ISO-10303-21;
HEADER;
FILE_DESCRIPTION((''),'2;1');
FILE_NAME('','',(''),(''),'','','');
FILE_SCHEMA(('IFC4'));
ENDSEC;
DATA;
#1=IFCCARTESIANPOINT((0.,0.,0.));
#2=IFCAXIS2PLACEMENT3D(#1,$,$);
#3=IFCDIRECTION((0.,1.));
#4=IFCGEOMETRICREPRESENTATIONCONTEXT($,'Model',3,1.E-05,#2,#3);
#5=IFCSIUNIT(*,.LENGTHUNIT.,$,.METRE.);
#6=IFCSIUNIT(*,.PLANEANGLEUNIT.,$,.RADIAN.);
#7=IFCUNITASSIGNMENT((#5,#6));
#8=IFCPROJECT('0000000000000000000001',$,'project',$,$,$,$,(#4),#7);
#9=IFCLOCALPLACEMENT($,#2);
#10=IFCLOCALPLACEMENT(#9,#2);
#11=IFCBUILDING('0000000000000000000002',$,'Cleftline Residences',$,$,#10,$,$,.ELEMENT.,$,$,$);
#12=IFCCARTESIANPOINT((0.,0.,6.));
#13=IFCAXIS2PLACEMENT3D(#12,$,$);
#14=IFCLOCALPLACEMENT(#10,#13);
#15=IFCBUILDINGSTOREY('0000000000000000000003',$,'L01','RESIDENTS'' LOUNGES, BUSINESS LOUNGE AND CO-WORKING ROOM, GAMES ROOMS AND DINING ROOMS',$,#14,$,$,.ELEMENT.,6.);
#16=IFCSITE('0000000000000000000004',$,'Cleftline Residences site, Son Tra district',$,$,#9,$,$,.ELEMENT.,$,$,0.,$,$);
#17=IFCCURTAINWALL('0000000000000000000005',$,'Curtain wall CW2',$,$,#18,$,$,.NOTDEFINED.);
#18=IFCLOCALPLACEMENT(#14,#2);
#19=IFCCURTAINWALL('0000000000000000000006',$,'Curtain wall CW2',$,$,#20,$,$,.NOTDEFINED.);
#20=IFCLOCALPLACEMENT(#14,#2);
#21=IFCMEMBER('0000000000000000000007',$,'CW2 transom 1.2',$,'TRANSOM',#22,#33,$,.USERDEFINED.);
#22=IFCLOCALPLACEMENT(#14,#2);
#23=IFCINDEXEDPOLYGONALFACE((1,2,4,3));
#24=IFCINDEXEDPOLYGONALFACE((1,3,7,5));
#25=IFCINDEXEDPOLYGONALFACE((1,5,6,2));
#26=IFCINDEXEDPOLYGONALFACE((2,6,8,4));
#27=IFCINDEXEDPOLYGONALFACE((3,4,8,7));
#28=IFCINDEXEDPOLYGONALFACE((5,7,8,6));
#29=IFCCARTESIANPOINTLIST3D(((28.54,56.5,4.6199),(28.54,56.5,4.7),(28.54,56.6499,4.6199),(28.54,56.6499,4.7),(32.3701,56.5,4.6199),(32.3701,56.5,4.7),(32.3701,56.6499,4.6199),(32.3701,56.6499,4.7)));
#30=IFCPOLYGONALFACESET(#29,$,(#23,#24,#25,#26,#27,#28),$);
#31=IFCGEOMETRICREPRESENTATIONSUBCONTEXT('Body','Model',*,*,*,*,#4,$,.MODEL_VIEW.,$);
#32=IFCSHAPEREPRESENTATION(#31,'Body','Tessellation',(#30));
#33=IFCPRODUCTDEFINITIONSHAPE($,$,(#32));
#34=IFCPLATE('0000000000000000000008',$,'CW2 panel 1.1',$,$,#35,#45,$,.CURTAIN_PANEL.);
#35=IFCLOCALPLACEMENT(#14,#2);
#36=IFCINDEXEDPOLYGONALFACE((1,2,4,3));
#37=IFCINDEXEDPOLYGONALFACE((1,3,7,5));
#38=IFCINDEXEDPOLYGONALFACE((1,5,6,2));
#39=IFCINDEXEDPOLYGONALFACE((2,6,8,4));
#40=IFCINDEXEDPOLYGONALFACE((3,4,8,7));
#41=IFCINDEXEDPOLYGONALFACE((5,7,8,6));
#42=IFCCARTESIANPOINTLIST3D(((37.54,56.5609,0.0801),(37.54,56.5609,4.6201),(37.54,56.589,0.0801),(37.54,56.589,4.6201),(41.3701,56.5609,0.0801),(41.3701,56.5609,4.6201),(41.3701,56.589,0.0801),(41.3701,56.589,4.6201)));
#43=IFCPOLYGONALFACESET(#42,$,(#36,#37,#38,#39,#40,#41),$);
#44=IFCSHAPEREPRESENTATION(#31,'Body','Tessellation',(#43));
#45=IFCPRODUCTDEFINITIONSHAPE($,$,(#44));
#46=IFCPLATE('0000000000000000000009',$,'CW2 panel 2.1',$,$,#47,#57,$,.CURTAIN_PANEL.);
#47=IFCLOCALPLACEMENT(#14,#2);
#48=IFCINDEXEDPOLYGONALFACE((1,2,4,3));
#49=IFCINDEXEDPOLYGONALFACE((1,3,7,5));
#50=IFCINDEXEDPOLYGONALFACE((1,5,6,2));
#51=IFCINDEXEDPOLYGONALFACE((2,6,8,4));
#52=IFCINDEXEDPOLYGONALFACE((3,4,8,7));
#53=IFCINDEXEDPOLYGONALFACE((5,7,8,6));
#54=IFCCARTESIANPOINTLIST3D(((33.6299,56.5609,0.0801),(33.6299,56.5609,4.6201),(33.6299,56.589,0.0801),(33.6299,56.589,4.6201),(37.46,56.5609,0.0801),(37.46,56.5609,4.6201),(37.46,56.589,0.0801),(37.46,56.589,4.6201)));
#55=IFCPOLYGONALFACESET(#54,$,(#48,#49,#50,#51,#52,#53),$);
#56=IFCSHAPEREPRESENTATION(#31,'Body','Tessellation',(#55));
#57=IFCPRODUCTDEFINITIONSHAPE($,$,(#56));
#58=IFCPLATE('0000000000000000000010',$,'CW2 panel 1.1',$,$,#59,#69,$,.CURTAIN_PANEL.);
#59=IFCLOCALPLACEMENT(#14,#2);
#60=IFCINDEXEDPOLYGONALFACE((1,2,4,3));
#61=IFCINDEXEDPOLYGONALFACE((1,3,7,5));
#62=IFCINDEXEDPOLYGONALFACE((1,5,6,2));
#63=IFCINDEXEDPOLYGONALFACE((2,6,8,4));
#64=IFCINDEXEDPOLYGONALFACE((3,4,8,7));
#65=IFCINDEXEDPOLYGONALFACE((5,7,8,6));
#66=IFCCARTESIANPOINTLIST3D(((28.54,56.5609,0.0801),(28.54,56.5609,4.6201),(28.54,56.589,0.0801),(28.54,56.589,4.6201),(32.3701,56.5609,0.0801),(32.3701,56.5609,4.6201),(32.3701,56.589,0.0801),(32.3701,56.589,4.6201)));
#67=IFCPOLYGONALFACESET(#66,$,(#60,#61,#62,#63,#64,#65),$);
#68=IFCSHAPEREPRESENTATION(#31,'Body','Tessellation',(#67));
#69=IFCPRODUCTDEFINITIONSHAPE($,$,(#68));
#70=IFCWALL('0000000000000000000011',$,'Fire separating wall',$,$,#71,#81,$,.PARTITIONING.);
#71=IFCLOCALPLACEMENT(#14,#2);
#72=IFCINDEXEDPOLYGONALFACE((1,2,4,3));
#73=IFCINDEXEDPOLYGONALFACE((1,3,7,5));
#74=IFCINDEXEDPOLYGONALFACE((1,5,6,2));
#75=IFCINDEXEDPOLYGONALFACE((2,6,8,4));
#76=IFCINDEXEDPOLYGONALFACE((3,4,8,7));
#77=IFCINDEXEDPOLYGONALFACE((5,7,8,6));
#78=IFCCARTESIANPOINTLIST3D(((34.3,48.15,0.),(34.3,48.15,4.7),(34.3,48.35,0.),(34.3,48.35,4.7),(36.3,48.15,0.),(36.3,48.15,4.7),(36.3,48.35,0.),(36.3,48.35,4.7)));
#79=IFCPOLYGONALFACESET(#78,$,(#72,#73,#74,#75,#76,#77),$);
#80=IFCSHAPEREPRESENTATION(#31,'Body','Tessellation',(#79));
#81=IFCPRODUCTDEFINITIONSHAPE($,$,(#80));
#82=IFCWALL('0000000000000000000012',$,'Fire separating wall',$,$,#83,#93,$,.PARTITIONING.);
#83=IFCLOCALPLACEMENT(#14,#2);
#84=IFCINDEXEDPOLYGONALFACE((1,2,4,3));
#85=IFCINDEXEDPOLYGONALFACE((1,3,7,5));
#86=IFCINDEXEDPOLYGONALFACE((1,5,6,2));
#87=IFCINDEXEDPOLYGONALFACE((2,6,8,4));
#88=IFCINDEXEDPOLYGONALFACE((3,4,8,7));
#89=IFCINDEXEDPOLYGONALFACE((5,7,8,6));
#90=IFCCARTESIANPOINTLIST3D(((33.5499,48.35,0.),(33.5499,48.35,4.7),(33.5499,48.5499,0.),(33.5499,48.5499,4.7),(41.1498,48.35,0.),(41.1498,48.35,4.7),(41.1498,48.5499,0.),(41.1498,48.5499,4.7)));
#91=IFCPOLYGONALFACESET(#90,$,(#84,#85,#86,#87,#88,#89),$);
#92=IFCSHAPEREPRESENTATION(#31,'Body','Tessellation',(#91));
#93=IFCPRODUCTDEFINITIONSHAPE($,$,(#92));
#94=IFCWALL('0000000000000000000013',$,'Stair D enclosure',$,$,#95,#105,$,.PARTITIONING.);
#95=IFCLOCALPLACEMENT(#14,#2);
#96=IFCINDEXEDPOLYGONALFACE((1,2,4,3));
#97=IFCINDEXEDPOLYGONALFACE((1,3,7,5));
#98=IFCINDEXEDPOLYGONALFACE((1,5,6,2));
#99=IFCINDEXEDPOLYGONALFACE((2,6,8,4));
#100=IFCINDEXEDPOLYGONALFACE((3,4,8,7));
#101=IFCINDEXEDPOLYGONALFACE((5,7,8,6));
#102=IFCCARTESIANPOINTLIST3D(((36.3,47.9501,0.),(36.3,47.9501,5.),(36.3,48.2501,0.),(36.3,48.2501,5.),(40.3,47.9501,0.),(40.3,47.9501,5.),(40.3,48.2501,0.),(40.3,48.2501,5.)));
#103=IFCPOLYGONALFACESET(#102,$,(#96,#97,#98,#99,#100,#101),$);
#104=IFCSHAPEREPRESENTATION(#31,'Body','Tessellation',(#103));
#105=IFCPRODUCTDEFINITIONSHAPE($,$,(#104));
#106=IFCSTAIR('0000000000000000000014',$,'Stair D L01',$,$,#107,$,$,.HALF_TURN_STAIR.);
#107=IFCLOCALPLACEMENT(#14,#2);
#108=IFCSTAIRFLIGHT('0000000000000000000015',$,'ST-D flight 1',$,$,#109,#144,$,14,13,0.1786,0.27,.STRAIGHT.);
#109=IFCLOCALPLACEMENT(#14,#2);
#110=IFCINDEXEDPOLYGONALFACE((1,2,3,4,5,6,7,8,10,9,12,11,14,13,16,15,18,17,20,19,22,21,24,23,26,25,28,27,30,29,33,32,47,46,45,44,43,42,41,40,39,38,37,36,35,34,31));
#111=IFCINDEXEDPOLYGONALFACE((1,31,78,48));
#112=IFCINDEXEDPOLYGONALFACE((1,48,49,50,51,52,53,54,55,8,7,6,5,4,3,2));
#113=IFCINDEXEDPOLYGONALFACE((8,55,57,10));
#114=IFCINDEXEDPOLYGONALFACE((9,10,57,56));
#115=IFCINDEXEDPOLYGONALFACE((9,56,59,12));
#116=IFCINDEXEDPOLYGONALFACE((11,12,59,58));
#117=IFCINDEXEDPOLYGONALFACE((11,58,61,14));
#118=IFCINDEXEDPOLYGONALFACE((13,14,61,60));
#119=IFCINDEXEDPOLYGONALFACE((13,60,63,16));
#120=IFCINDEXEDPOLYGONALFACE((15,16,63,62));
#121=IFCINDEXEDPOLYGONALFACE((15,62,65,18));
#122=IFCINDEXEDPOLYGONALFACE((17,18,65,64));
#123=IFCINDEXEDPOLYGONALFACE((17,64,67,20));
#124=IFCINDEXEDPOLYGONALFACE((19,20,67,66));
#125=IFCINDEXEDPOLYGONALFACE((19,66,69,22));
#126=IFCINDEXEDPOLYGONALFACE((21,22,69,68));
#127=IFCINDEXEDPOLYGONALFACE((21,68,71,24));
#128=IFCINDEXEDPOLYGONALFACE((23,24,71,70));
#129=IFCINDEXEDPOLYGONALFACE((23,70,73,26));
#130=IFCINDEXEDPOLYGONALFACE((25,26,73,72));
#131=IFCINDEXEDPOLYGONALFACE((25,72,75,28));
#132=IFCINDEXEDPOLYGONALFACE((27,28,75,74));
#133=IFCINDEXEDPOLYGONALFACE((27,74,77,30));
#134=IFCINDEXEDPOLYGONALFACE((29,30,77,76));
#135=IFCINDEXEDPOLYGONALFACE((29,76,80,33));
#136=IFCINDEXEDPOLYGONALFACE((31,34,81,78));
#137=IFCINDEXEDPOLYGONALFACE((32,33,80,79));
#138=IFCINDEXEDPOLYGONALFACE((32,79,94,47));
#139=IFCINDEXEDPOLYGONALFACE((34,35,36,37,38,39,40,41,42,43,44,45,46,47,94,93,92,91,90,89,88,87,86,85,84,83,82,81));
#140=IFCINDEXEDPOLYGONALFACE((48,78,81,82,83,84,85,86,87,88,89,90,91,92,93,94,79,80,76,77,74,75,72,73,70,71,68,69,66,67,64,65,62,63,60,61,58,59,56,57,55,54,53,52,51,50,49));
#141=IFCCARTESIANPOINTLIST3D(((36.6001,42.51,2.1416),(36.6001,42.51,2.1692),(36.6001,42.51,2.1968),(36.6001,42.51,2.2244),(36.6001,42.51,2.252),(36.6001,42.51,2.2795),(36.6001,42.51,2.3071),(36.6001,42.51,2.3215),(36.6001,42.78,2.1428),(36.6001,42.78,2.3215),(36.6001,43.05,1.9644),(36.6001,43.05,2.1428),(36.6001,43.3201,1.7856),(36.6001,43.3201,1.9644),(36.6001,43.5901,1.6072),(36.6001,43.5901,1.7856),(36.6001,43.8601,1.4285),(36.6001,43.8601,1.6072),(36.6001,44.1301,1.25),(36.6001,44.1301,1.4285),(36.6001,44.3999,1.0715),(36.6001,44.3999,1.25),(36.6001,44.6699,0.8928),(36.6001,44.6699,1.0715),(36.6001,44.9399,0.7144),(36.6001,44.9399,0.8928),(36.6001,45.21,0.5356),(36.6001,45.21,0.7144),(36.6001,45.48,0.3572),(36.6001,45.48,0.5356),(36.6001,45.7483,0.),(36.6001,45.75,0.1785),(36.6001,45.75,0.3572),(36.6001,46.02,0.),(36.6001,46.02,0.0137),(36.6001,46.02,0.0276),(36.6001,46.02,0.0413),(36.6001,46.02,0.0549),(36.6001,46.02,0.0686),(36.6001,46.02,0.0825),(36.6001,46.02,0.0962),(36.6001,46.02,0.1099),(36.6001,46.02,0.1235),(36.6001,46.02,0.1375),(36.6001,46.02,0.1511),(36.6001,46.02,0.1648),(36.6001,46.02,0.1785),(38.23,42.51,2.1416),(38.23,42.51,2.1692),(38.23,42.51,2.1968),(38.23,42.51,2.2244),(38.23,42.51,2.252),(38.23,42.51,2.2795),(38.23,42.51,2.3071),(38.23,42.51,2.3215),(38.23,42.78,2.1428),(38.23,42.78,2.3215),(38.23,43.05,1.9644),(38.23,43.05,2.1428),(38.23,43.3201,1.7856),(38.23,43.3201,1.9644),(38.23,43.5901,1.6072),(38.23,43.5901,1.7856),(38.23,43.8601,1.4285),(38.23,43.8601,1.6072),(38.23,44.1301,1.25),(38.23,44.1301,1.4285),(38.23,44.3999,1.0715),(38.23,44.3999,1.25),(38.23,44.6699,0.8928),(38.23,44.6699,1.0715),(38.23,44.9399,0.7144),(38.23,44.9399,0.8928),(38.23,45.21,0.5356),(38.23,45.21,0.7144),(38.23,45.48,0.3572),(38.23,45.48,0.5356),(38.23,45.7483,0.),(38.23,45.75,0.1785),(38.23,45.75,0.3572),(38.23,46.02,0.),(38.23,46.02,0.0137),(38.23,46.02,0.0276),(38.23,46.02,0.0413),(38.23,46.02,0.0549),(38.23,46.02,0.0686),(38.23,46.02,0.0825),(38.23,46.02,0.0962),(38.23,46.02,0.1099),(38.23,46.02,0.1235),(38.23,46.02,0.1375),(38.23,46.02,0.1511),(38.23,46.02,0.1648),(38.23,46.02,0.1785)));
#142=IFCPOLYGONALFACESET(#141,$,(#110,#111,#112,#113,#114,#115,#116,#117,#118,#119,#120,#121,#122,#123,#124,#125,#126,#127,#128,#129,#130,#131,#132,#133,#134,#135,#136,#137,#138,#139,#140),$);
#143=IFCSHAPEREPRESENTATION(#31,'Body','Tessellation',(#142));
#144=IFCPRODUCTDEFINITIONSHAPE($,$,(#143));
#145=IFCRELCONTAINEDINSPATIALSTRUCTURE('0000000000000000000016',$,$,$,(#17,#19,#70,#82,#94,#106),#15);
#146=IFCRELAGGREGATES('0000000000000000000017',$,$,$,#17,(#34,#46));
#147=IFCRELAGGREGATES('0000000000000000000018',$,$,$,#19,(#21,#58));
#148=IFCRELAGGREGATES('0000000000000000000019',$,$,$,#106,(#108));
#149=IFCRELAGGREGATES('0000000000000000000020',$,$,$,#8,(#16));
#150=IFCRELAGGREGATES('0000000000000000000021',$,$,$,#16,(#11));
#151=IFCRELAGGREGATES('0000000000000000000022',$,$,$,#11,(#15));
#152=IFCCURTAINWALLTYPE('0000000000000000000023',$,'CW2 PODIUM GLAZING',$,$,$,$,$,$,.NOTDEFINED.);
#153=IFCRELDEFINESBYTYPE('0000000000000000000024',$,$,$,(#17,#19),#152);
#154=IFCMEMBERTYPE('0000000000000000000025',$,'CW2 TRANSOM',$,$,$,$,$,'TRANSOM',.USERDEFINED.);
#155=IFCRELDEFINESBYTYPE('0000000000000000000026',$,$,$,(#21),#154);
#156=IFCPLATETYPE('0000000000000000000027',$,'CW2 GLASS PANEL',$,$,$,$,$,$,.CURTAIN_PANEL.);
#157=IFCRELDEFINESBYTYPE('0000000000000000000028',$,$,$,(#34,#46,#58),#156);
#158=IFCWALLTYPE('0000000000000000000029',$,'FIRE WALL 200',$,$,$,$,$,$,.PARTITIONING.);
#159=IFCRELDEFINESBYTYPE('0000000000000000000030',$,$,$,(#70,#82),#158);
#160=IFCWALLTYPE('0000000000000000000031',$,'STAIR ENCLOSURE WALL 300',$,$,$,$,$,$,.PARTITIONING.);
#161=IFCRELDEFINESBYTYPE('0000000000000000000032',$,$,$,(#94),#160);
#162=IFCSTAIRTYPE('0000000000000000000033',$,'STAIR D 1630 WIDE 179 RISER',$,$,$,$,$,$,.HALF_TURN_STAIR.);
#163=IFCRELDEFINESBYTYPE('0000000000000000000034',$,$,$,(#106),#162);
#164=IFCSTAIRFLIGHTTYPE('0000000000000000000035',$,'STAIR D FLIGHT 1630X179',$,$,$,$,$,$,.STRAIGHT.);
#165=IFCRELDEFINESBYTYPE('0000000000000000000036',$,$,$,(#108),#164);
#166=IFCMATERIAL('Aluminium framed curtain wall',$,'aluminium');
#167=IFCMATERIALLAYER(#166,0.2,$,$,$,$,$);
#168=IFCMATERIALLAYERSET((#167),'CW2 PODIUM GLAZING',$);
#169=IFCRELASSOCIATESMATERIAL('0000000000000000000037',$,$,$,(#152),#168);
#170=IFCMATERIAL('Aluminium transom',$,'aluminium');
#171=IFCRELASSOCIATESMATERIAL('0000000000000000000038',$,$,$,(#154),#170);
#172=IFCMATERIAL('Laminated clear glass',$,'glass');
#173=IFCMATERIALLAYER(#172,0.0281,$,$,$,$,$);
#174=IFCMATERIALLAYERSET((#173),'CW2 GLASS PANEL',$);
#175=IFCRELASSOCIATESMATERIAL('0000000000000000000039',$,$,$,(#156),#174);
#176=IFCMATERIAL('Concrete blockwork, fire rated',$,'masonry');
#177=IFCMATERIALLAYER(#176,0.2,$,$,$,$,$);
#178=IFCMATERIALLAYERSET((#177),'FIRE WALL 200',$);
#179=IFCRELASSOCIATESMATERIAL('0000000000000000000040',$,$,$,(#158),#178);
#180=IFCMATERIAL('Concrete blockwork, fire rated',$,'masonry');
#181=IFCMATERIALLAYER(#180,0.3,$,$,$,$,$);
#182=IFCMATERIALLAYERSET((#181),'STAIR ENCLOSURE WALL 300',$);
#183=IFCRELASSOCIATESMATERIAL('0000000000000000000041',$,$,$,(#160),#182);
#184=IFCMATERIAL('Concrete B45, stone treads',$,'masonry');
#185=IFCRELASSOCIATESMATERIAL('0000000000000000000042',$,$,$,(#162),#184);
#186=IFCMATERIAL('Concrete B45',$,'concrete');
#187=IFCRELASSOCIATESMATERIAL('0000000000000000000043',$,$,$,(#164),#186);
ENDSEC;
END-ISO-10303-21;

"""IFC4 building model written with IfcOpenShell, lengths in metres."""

from ifc_helpers import new_model, si_unit, direction, frame, frame_2d, origin, origin_2d, place, context, subcontext, project, spatial, polyline, rectangle, outline, extrude, material, layer, layer_set, material_profile, profile_set, type_object, element, aggregate, save


model = new_model("IFC4")

# Units and contexts
model_context = context("Model", 3, precision=1e-05, world=origin(), true_north=direction((0.0, 1.0)))
body_context = subcontext(model_context, "Body", "Model", "MODEL_VIEW")
ifc_project = project(units=[si_unit("LENGTHUNIT", "METRE"), si_unit("PLANEANGLEUNIT", "RADIAN")], contexts=[model_context])

# Site, building, storey
site_placement = place(None, origin())
site = spatial("IfcSite", under=ifc_project, at=site_placement, Name="Cleftline Residences site, Son Tra district", CompositionType="ELEMENT", RefElevation=0.0)
building_placement = place(site_placement, origin())
building = spatial("IfcBuilding", under=site, at=building_placement, Name="Cleftline Residences", CompositionType="ELEMENT")
storey_placement = place(building_placement, frame((0.0, 0.0, 6.0)))
storey = spatial("IfcBuildingStorey", under=building, at=storey_placement, Name="L01", Description="RESIDENTS' LOUNGES, BUSINESS LOUNGE AND CO-WORKING ROOM, GAMES ROOMS AND DINING ROOMS", CompositionType="ELEMENT", Elevation=6.0)

# Curtain wall
ifc_material_1 = material(Name="Aluminium framed curtain wall", Category="aluminium")
ifc_layer_1 = layer(ifc_material_1, 0.2)
ifc_layer_set_1 = layer_set([ifc_layer_1], Name="CW2 PODIUM GLAZING")
curtain_wall_type = type_object("IfcCurtainWallType", Name="CW2 PODIUM GLAZING", PredefinedType="NOTDEFINED", material=ifc_layer_set_1)
curtain_wall_1_placement = place(storey_placement, origin())
curtain_wall_1 = element("IfcCurtainWall", 1, at=curtain_wall_1_placement, inside=storey, type_object=curtain_wall_type, Name="Curtain wall CW2", PredefinedType="NOTDEFINED")

# Curtain wall
curtain_wall_2_placement = place(storey_placement, origin())
curtain_wall_2 = element("IfcCurtainWall", 2, at=curtain_wall_2_placement, inside=storey, type_object=curtain_wall_type, Name="Curtain wall CW2", PredefinedType="NOTDEFINED")

# Member
ifc_material_2 = material(Name="Aluminium transom", Category="aluminium")
ifc_material_profile_1 = material_profile(ifc_material_2, rectangle(XDim=0.1499, YDim=0.0801, at=origin_2d()))
ifc_profile_set_1 = profile_set([ifc_material_profile_1], Name="Aluminium transom")
member_type_1 = type_object("IfcMemberType", Name="CW2 TRANSOM", ElementType="TRANSOM", PredefinedType="USERDEFINED", material=ifc_profile_set_1)
member_1_placement = place(storey_placement, frame((32.3701, 56.575, 4.6599), z_axis=(-1.0, 0.0, 0.0), x_axis=(0.0, -1.0, 0.0)))
member_1 = element("IfcMember", 3, at=member_1_placement, type_object=member_type_1, Name="CW2 transom 1.2", ObjectType="TRANSOM", PredefinedType="USERDEFINED", context=body_context, shape_type="SweptSolid", body=[
    extrude(rectangle(XDim=0.1499, YDim=0.0801, at=origin_2d()), origin(), (0.0, 0.0, 1.0), 3.8301),
])

# Plates
ifc_material_3 = material(Name="Laminated clear glass", Category="glass")
ifc_layer_2 = layer(ifc_material_3, 0.0281)
ifc_layer_set_2 = layer_set([ifc_layer_2], Name="CW2 GLASS PANEL")
plate_type = type_object("IfcPlateType", Name="CW2 GLASS PANEL", PredefinedType="CURTAIN_PANEL", material=ifc_layer_set_2)
plate_1_placement = place(storey_placement, frame((39.4551, 56.575, 0.0801), z_axis=(0.0, 0.0, 1.0), x_axis=(-1.0, 0.0, 0.0)))
plate_1 = element("IfcPlate", 4, at=plate_1_placement, type_object=plate_type, Name="CW2 panel 1.1", PredefinedType="CURTAIN_PANEL", context=body_context, shape_type="SweptSolid", body=[
    extrude(rectangle(XDim=3.8301, YDim=0.0281, at=origin_2d()), origin(), (0.0, 0.0, 1.0), 4.54),
])
plate_2_placement = place(storey_placement, frame((35.5449, 56.575, 0.0801), z_axis=(0.0, 0.0, 1.0), x_axis=(-1.0, 0.0, 0.0)))
plate_2 = element("IfcPlate", 5, at=plate_2_placement, type_object=plate_type, Name="CW2 panel 2.1", PredefinedType="CURTAIN_PANEL", context=body_context, shape_type="SweptSolid", body=[
    extrude(rectangle(XDim=3.8301, YDim=0.0281, at=origin_2d()), origin(), (0.0, 0.0, 1.0), 4.54),
])
aggregate(curtain_wall_1, [plate_1, plate_2])
plate_3_placement = place(storey_placement, frame((30.4551, 56.575, 0.0801), z_axis=(0.0, 0.0, 1.0), x_axis=(-1.0, 0.0, 0.0)))
plate_3 = element("IfcPlate", 6, at=plate_3_placement, type_object=plate_type, Name="CW2 panel 1.1", PredefinedType="CURTAIN_PANEL", context=body_context, shape_type="SweptSolid", body=[
    extrude(rectangle(XDim=3.8301, YDim=0.0281, at=origin_2d()), origin(), (0.0, 0.0, 1.0), 4.54),
])
aggregate(curtain_wall_2, [member_1, plate_3])

# Walls
ifc_material_4 = material(Name="Concrete blockwork, fire rated", Category="masonry")
ifc_layer_3 = layer(ifc_material_4, 0.2)
ifc_layer_set_3 = layer_set([ifc_layer_3], Name="FIRE WALL 200")
wall_type_1 = type_object("IfcWallType", Name="FIRE WALL 200", PredefinedType="PARTITIONING", material=ifc_layer_set_3)
wall_1_placement = place(storey_placement, frame((34.3, 48.25, 0.0), z_axis=(0.0, 0.0, 1.0), x_axis=(1.0, 0.0, 0.0)))
element("IfcWall", 7, at=wall_1_placement, inside=storey, type_object=wall_type_1, Name="Fire separating wall", PredefinedType="PARTITIONING", context=body_context, shape_type="SweptSolid", body=[
    extrude(rectangle(XDim=2.0, YDim=0.2, at=frame_2d((1.0, 0.0))), origin(), (0.0, 0.0, 1.0), 4.7),
])
wall_2_placement = place(storey_placement, frame((33.55, 48.45, 0.0), z_axis=(0.0, 0.0, 1.0), x_axis=(1.0, 0.0, 0.0)))
element("IfcWall", 8, at=wall_2_placement, inside=storey, type_object=wall_type_1, Name="Fire separating wall", PredefinedType="PARTITIONING", context=body_context, shape_type="SweptSolid", body=[
    extrude(rectangle(XDim=7.5999, YDim=0.2, at=frame_2d((3.7998, 0.0))), origin(), (0.0, 0.0, 1.0), 4.7),
])
ifc_material_5 = material(Name="Concrete blockwork, fire rated", Category="masonry")
ifc_layer_4 = layer(ifc_material_5, 0.3)
ifc_layer_set_4 = layer_set([ifc_layer_4], Name="STAIR ENCLOSURE WALL 300")
wall_type_2 = type_object("IfcWallType", Name="STAIR ENCLOSURE WALL 300", PredefinedType="PARTITIONING", material=ifc_layer_set_4)
wall_3_placement = place(storey_placement, frame((36.3, 48.1001, 0.0), z_axis=(0.0, 0.0, 1.0), x_axis=(1.0, 0.0, 0.0)))
element("IfcWall", 9, at=wall_3_placement, inside=storey, type_object=wall_type_2, Name="Stair D enclosure", PredefinedType="PARTITIONING", context=body_context, shape_type="SweptSolid", body=[
    extrude(rectangle(XDim=4.0, YDim=0.3, at=frame_2d((2.0, 0.0))), origin(), (0.0, 0.0, 1.0), 5.0),
])

# Stair, stair flight
ifc_material_6 = material(Name="Concrete B45, stone treads", Category="masonry")
stair_type = type_object("IfcStairType", Name="STAIR D 1630 WIDE 179 RISER", PredefinedType="HALF_TURN_STAIR", material=ifc_material_6)
stair_placement = place(storey_placement, origin())
stair = element("IfcStair", 10, at=stair_placement, inside=storey, type_object=stair_type, Name="Stair D L01", PredefinedType="HALF_TURN_STAIR")
ifc_material_7 = material(Name="Concrete B45", Category="concrete")
stair_flight_type = type_object("IfcStairFlightType", Name="STAIR D FLIGHT 1630X179", PredefinedType="STRAIGHT", material=ifc_material_7)
stair_flight_placement = place(storey_placement, frame((37.415, 46.02, 0.0), z_axis=(0.0, 0.0, 1.0), x_axis=(0.0, -1.0, 0.0)))
stair_flight = element("IfcStairFlight", 11, at=stair_flight_placement, type_object=stair_flight_type, Name="ST-D flight 1", NumberOfRisers=14, NumberOfTreads=13, PredefinedType="STRAIGHT", RiserHeight=0.1786, TreadLength=0.27, context=body_context, shape_type="SweptSolid", body=[
    extrude(outline(polyline([(0.0, 0.0), (0.0, 0.0137), (0.0, 0.0276), (0.0, 0.0413), (0.0, 0.0549), (0.0, 0.0686), (0.0, 0.0825), (0.0, 0.0962), (0.0, 0.1099), (0.0, 0.1235), (0.0, 0.1375), (0.0, 0.1511), (0.0, 0.1648), (0.0, 0.1785), (0.27, 0.1785), (0.27, 0.3572), (0.54, 0.3572), (0.54, 0.5356), (0.8101, 0.5356), (0.8101, 0.7144), (1.0801, 0.7144), (1.0801, 0.8928), (1.3501, 0.8928), (1.3501, 1.0715), (1.6201, 1.0715), (1.6201, 1.25), (1.8899, 1.25), (1.8899, 1.4285), (2.1599, 1.4285), (2.1599, 1.6072), (2.4299, 1.6072), (2.4299, 1.7856), (2.7, 1.7856), (2.7, 1.9644), (2.97, 1.9644), (2.97, 2.1428), (3.24, 2.1428), (3.24, 2.3215), (3.51, 2.3215), (3.51, 2.5), (3.51, 2.4724), (3.51, 2.4448), (3.51, 2.4172), (3.51, 2.3896), (3.51, 2.3623), (3.51, 2.3347), (3.51, 2.3071), (3.51, 2.2795), (3.51, 2.252), (3.51, 2.2244), (3.51, 2.1968), (3.51, 2.1692), (3.51, 2.1416), (0.2717, 0.0), (0.0, 0.0)])), frame((0.0, 0.8149, 0.0), z_axis=(0.0, -1.0, 0.0), x_axis=(1.0, 0.0, 0.0)), (0.0, 0.0, 1.0), 1.6299),
])
aggregate(stair, [stair_flight])

save(model, "model.ifc")
